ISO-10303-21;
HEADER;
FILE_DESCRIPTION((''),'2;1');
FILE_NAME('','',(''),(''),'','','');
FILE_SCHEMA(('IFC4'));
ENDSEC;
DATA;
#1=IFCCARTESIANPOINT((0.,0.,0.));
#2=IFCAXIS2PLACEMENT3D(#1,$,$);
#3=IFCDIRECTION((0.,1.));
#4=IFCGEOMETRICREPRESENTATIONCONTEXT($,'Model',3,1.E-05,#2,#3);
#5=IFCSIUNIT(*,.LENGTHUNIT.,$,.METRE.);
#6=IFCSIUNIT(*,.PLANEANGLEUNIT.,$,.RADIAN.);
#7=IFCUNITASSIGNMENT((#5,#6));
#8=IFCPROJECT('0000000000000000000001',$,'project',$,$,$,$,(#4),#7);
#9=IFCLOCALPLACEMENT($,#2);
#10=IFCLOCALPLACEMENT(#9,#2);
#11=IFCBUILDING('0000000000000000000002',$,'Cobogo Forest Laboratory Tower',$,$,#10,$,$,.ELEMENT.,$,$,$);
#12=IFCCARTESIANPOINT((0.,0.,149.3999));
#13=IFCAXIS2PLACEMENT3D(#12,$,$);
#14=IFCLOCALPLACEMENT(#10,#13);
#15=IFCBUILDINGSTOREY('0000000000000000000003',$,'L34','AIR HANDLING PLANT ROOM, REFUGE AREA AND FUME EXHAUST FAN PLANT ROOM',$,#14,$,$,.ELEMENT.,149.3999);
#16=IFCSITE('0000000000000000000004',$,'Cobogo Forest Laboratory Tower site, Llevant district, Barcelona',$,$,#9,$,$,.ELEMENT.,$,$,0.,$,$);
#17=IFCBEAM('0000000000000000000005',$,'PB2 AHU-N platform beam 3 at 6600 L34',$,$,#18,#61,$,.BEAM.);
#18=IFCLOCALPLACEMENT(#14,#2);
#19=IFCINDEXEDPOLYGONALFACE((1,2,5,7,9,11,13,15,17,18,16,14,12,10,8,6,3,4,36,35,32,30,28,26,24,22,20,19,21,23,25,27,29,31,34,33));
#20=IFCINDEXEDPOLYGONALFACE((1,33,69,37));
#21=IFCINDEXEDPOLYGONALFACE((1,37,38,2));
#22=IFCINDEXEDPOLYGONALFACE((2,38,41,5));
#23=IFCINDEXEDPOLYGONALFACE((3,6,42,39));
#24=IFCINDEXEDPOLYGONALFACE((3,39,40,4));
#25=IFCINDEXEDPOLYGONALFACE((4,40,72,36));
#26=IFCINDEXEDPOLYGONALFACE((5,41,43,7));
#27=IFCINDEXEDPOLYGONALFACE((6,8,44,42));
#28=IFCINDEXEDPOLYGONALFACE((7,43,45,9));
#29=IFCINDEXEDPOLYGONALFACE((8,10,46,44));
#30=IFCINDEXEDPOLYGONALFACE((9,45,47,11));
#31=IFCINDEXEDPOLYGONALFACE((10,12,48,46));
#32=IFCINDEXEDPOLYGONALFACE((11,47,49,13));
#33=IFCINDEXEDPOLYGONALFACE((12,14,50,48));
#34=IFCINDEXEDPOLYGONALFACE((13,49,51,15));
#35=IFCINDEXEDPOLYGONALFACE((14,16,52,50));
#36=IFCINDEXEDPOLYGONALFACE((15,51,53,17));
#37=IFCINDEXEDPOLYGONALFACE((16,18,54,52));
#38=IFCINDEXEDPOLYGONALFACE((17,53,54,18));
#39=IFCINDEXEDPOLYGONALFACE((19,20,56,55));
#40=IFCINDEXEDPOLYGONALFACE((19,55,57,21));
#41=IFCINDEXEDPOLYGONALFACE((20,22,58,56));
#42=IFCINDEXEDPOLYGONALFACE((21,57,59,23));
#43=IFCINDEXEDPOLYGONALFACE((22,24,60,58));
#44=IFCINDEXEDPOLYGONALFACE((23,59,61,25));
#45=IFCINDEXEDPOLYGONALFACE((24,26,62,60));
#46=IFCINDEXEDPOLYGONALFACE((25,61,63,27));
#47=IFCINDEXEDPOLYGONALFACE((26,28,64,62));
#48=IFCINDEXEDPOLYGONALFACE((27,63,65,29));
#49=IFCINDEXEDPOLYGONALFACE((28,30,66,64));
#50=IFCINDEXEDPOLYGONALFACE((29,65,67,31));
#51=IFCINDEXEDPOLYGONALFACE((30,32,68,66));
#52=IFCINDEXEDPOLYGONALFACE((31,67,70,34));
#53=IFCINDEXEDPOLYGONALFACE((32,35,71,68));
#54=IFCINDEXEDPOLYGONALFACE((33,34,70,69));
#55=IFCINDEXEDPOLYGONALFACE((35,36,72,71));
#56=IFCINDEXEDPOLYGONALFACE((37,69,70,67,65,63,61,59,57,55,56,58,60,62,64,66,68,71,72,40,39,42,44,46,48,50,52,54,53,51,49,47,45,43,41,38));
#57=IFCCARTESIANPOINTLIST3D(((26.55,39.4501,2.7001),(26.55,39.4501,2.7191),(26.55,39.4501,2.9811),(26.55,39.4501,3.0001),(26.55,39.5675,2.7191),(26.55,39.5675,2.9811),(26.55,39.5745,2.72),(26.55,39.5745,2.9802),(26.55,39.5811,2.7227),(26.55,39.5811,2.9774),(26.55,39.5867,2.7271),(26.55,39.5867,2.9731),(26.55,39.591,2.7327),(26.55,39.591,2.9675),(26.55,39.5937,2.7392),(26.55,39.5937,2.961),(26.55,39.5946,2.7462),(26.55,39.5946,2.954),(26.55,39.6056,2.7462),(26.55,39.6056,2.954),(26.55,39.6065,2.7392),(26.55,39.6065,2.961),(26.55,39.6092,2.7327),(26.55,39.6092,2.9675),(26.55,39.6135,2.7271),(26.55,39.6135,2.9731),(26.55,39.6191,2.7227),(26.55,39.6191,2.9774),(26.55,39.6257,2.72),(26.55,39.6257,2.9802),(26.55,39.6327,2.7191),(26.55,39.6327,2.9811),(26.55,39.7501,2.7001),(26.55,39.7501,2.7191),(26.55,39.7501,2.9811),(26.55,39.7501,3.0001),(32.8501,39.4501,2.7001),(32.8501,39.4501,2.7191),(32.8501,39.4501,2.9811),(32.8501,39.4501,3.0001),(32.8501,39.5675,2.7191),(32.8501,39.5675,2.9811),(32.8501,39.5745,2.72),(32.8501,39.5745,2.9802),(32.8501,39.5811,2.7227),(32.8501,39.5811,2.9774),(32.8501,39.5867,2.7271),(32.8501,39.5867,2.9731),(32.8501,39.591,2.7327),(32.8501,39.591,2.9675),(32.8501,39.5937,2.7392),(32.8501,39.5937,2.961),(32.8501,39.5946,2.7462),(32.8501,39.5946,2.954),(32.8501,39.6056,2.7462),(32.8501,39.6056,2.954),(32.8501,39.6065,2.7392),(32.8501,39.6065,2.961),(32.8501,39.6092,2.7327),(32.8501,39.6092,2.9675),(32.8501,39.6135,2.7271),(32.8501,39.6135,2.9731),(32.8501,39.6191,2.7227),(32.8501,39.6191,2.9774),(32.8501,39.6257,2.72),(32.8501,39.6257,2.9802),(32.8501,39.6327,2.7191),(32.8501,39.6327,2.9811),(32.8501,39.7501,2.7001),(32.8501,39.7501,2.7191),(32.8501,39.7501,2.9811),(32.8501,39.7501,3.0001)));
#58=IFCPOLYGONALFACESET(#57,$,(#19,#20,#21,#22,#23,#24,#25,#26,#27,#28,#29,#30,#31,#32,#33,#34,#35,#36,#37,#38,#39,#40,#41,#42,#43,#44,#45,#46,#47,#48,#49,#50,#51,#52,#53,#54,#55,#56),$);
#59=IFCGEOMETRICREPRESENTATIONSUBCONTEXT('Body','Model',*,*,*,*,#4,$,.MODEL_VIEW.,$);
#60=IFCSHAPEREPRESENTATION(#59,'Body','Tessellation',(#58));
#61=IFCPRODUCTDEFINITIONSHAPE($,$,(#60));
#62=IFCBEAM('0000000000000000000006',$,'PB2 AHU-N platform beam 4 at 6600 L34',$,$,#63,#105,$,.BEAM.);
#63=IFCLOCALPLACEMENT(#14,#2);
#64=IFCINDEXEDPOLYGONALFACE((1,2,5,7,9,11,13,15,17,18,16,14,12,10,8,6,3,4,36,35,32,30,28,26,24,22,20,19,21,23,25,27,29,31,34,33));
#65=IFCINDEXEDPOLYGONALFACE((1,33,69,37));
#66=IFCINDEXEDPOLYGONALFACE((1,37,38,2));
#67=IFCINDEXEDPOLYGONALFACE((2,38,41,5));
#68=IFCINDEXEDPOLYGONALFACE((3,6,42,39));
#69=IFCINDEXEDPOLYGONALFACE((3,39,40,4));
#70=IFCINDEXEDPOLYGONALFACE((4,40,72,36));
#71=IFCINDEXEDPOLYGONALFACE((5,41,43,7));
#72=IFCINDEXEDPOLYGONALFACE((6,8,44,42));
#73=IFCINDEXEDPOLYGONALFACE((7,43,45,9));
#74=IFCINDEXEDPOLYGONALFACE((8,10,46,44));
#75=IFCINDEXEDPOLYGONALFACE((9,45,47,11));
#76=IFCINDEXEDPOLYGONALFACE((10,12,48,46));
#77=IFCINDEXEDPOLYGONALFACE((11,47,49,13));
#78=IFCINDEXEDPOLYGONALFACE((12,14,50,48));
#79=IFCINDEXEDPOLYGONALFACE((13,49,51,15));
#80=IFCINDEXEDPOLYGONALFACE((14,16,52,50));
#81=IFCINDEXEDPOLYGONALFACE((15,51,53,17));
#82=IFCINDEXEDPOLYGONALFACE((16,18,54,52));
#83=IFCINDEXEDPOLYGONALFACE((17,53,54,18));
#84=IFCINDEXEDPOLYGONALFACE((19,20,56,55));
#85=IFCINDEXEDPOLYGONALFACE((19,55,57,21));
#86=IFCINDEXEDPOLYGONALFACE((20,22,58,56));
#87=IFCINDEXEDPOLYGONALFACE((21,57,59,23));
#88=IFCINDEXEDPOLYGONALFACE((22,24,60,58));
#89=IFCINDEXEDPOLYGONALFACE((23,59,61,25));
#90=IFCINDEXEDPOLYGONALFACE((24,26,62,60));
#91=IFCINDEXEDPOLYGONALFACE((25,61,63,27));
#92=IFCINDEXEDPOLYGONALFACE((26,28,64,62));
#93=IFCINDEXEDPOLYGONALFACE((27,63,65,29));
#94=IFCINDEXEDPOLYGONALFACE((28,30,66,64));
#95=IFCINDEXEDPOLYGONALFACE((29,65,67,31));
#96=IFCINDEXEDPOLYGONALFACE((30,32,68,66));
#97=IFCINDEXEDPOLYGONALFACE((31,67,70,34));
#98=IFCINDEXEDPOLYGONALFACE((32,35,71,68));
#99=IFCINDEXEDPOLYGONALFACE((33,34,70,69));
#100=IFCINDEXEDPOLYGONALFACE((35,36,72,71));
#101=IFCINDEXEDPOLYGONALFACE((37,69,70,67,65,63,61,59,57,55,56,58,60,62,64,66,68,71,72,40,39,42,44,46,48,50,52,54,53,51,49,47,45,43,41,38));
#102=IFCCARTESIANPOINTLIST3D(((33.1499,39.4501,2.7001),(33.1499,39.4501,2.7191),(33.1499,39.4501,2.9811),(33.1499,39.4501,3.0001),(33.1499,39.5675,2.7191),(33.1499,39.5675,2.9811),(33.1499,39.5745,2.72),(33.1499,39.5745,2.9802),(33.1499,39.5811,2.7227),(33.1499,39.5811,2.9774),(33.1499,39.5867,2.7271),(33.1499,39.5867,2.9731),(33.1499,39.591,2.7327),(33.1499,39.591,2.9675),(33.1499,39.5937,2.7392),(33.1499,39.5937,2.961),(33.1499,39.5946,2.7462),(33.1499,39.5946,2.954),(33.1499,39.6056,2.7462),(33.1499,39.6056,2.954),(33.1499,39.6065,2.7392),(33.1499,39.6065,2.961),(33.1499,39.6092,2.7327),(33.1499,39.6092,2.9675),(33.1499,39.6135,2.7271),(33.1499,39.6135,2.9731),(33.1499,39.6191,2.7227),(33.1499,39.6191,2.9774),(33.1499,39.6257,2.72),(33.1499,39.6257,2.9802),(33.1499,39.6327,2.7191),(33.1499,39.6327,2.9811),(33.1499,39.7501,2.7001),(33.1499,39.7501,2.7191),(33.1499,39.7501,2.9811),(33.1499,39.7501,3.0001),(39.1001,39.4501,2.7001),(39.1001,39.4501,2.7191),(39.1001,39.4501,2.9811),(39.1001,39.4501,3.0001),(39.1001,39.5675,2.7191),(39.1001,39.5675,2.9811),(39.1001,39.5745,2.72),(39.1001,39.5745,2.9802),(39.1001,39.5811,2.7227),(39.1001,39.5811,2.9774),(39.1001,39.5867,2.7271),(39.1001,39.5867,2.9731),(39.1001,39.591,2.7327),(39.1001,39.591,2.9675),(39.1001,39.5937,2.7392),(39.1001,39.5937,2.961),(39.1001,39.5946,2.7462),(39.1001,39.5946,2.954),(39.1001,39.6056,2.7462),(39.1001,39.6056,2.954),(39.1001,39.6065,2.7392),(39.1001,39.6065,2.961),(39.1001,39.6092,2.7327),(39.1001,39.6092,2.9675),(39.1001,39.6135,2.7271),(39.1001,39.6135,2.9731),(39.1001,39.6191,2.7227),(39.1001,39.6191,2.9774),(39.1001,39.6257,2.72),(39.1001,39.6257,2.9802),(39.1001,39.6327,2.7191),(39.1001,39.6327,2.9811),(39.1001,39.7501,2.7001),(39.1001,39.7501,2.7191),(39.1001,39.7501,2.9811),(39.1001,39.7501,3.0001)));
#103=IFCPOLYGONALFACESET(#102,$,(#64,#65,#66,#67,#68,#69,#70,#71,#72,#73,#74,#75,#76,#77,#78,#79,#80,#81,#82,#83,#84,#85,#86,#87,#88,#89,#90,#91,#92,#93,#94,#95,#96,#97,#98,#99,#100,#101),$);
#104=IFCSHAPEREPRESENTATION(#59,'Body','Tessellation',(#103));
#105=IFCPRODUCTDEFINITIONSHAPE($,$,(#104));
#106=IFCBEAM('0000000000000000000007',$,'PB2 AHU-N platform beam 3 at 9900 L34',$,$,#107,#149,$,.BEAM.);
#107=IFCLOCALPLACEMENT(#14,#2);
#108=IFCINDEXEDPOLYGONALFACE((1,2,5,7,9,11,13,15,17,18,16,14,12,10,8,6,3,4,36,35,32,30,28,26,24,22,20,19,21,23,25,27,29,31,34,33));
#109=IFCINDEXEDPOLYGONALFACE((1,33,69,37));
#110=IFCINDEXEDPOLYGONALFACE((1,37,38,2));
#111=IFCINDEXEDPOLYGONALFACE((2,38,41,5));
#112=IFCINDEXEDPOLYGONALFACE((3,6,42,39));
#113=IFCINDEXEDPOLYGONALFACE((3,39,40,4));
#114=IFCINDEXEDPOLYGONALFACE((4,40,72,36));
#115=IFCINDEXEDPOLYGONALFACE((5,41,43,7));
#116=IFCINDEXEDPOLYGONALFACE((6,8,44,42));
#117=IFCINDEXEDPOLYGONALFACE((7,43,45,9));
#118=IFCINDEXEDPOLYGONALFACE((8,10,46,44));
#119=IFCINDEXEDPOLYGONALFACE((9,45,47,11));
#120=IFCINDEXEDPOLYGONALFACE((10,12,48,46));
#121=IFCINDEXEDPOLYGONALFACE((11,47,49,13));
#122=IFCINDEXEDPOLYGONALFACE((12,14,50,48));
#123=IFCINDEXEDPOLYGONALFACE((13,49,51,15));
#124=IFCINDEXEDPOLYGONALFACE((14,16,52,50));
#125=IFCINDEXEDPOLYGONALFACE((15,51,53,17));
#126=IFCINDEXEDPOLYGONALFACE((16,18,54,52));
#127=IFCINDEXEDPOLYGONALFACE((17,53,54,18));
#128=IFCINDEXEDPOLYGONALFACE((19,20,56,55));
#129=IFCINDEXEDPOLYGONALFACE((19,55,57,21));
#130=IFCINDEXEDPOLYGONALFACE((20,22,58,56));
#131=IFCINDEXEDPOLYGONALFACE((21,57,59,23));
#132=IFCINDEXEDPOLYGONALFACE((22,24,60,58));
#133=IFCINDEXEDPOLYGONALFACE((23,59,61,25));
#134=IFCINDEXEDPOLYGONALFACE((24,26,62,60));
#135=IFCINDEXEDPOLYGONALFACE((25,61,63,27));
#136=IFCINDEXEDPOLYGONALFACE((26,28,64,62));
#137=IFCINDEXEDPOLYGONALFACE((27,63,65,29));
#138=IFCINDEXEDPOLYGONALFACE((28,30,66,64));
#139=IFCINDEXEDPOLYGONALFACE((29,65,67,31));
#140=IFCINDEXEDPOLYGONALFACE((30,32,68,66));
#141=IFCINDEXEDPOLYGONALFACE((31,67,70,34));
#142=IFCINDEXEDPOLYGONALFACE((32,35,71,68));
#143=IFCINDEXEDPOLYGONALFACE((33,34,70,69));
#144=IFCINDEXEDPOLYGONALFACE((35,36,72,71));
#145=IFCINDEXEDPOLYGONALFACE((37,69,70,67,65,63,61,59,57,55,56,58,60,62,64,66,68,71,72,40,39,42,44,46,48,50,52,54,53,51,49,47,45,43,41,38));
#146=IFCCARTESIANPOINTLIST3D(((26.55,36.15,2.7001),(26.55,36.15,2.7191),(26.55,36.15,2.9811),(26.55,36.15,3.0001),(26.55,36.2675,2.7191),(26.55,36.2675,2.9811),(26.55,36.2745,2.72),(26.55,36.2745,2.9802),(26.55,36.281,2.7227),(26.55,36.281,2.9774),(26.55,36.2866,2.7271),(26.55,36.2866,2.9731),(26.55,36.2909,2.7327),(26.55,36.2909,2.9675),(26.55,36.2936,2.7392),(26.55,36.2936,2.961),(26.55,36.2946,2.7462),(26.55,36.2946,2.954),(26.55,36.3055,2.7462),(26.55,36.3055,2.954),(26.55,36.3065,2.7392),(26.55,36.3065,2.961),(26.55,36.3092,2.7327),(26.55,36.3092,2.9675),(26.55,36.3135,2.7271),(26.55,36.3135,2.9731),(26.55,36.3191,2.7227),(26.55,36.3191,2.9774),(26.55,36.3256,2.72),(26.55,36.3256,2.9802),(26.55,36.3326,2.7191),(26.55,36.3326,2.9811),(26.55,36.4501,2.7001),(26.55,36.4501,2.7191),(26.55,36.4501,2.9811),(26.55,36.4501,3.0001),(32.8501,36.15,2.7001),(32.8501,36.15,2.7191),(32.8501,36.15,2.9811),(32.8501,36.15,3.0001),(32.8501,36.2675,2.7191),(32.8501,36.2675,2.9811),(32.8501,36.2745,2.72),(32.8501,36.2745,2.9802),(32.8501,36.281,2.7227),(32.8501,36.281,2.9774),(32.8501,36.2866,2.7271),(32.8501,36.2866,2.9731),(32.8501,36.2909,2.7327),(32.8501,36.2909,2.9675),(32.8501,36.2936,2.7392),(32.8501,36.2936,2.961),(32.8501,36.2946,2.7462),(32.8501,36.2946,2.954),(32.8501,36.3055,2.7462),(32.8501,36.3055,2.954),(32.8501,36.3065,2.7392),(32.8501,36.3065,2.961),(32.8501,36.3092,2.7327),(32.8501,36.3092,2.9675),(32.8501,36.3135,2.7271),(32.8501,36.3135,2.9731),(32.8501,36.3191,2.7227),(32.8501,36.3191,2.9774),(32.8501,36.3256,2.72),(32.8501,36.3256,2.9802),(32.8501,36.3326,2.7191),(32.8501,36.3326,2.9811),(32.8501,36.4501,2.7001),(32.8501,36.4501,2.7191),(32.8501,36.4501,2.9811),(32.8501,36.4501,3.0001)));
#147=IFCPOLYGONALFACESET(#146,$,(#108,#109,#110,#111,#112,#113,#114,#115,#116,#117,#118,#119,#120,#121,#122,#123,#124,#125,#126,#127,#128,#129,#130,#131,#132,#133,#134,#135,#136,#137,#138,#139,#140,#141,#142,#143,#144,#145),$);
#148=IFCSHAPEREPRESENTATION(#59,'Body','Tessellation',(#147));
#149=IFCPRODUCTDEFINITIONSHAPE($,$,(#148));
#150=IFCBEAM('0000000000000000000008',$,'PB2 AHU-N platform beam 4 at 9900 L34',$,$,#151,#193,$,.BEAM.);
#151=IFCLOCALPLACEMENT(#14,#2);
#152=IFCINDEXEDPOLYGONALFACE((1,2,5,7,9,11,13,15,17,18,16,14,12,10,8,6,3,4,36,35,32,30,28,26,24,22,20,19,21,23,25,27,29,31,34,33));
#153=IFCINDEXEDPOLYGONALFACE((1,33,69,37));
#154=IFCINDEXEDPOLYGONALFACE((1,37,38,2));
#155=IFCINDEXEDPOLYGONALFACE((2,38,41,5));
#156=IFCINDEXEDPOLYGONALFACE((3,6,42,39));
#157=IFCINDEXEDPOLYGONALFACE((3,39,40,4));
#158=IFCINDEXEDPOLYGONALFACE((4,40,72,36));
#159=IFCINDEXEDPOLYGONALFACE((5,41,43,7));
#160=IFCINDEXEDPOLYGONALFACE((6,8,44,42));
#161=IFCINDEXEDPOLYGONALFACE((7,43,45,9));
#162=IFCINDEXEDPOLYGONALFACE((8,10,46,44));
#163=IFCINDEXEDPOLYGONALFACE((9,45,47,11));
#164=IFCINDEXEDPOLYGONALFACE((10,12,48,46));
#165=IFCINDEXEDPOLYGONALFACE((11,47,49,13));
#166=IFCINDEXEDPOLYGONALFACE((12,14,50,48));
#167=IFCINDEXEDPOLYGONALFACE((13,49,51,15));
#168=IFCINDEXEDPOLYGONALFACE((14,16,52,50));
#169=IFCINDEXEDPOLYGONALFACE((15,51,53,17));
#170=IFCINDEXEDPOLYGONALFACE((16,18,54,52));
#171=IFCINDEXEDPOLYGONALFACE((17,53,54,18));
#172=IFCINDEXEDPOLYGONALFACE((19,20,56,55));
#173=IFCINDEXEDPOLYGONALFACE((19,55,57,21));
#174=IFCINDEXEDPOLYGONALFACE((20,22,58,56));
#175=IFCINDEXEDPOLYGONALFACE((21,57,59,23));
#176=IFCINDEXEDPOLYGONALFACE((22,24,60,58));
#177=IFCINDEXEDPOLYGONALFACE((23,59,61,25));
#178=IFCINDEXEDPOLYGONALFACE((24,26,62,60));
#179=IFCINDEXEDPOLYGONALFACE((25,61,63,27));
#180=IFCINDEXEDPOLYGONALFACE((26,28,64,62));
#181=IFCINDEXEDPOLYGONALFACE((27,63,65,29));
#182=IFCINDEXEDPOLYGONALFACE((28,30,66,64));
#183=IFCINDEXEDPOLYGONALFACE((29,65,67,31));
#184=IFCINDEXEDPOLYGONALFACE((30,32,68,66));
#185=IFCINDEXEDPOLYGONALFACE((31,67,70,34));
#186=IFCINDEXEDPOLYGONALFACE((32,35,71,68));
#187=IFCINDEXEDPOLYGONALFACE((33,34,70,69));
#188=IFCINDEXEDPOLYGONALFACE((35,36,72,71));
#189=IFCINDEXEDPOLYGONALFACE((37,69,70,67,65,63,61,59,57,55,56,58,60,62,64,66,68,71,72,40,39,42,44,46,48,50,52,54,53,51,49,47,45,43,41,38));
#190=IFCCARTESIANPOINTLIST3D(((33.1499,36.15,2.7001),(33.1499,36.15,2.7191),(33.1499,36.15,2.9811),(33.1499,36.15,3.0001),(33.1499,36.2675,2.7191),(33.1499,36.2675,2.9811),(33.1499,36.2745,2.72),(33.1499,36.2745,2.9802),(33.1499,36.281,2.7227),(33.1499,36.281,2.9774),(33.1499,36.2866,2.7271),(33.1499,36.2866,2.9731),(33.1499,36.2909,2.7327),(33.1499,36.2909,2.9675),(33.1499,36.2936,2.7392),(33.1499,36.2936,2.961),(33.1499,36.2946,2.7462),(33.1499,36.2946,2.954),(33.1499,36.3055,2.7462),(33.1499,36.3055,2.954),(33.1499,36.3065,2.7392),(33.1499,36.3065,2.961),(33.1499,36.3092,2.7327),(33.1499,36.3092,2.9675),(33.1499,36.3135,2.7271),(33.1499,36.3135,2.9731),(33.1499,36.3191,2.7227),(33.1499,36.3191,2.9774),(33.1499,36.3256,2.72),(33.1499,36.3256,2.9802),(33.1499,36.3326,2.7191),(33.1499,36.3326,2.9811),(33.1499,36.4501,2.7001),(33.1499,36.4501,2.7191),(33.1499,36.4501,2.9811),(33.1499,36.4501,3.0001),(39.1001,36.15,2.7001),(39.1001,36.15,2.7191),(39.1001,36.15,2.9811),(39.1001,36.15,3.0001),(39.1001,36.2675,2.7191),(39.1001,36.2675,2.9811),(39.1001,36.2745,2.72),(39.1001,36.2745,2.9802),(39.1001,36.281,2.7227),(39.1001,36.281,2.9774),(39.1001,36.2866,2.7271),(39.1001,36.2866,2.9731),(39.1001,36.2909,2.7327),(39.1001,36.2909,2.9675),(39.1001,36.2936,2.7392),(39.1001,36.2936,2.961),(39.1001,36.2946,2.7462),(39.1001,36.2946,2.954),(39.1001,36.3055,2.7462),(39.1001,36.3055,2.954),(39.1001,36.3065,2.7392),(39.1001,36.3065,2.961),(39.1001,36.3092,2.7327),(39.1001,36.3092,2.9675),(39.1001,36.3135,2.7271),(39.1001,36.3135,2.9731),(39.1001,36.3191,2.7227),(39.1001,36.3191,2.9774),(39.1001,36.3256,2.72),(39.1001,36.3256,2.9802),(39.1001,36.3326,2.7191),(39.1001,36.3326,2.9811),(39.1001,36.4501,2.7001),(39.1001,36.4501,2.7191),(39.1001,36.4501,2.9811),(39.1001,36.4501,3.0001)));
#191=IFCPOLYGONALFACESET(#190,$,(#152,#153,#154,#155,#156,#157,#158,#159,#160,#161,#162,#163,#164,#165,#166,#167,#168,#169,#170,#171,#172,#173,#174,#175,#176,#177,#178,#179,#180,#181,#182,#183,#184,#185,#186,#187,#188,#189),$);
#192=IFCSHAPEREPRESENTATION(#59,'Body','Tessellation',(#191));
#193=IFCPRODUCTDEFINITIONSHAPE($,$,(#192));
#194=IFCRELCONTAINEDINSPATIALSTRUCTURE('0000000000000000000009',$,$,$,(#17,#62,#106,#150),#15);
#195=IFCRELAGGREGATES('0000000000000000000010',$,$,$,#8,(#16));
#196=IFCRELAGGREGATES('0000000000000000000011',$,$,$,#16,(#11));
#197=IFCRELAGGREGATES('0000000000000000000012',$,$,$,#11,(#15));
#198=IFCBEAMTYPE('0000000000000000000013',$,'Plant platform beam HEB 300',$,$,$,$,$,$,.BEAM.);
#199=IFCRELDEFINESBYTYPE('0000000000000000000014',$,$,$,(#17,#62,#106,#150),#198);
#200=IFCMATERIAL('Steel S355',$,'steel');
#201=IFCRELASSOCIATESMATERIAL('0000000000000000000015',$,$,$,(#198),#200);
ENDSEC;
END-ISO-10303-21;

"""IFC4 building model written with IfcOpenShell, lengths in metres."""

from ifc_helpers import new_model, si_unit, direction, frame, origin, origin_2d, place, context, subcontext, project, spatial, i_section, extrude, material, material_profile, profile_set, type_object, element, save


model = new_model("IFC4")

# Units and contexts
model_context = context("Model", 3, precision=1e-05, world=origin(), true_north=direction((0.0, 1.0)))
body_context = subcontext(model_context, "Body", "Model", "MODEL_VIEW")
ifc_project = project(units=[si_unit("LENGTHUNIT", "METRE"), si_unit("PLANEANGLEUNIT", "RADIAN")], contexts=[model_context])

# Site, building, storey
site_placement = place(None, origin())
site = spatial("IfcSite", under=ifc_project, at=site_placement, Name="Cobogo Forest Laboratory Tower site, Llevant district, Barcelona", CompositionType="ELEMENT", RefElevation=0.0)
building_placement = place(site_placement, origin())
building = spatial("IfcBuilding", under=site, at=building_placement, Name="Cobogo Forest Laboratory Tower", CompositionType="ELEMENT")
storey_placement = place(building_placement, frame((0.0, 0.0, 149.3999)))
storey = spatial("IfcBuildingStorey", under=building, at=storey_placement, Name="L34", Description="AIR HANDLING PLANT ROOM, REFUGE AREA AND FUME EXHAUST FAN PLANT ROOM", CompositionType="ELEMENT", Elevation=149.3999)

# Beams
ifc_material = material(Name="Steel S355", Category="steel")
ifc_material_profile_1 = material_profile(ifc_material, i_section(OverallWidth=0.3, OverallDepth=0.3, WebThickness=0.011, FlangeThickness=0.019, FilletRadius=0.0271, at=origin_2d()), Name="HEB 300")
ifc_profile_set_1 = profile_set([ifc_material_profile_1], Name="Steel S355")
beam_type_1 = type_object("IfcBeamType", Name="Plant platform beam HEB 300", PredefinedType="BEAM", material=ifc_profile_set_1)
beam_1_placement = place(storey_placement, frame((26.55, 39.6001, 2.8501), z_axis=(1.0, 0.0, 0.0), x_axis=(0.0, 1.0, 0.0)))
element("IfcBeam", 1, at=beam_1_placement, inside=storey, type_object=beam_type_1, Name="PB2 AHU-N platform beam 3 at 6600 L34", PredefinedType="BEAM", context=body_context, shape_type="SweptSolid", body=[
    extrude(i_section(OverallWidth=0.3, OverallDepth=0.3, WebThickness=0.011, FlangeThickness=0.019, FilletRadius=0.0271, at=origin_2d()), origin(), (0.0, 0.0, 1.0), 6.3),
])
beam_2_placement = place(storey_placement, frame((33.1499, 39.6001, 2.8501), z_axis=(1.0, 0.0, 0.0), x_axis=(0.0, 1.0, 0.0)))
element("IfcBeam", 2, at=beam_2_placement, inside=storey, type_object=beam_type_1, Name="PB2 AHU-N platform beam 4 at 6600 L34", PredefinedType="BEAM", context=body_context, shape_type="SweptSolid", body=[
    extrude(i_section(OverallWidth=0.3, OverallDepth=0.3, WebThickness=0.011, FlangeThickness=0.019, FilletRadius=0.0271, at=origin_2d()), origin(), (0.0, 0.0, 1.0), 5.9502),
])
beam_3_placement = place(storey_placement, frame((26.55, 36.3, 2.8501), z_axis=(1.0, 0.0, 0.0), x_axis=(0.0, 1.0, 0.0)))
element("IfcBeam", 3, at=beam_3_placement, inside=storey, type_object=beam_type_1, Name="PB2 AHU-N platform beam 3 at 9900 L34", PredefinedType="BEAM", context=body_context, shape_type="SweptSolid", body=[
    extrude(i_section(OverallWidth=0.3, OverallDepth=0.3, WebThickness=0.011, FlangeThickness=0.019, FilletRadius=0.0271, at=origin_2d()), origin(), (0.0, 0.0, 1.0), 6.3),
])
beam_4_placement = place(storey_placement, frame((33.1499, 36.3, 2.8501), z_axis=(1.0, 0.0, 0.0), x_axis=(0.0, 1.0, 0.0)))
element("IfcBeam", 4, at=beam_4_placement, inside=storey, type_object=beam_type_1, Name="PB2 AHU-N platform beam 4 at 9900 L34", PredefinedType="BEAM", context=body_context, shape_type="SweptSolid", body=[
    extrude(i_section(OverallWidth=0.3, OverallDepth=0.3, WebThickness=0.011, FlangeThickness=0.019, FilletRadius=0.0271, at=origin_2d()), origin(), (0.0, 0.0, 1.0), 5.9502),
])

save(model, "model.ifc")
